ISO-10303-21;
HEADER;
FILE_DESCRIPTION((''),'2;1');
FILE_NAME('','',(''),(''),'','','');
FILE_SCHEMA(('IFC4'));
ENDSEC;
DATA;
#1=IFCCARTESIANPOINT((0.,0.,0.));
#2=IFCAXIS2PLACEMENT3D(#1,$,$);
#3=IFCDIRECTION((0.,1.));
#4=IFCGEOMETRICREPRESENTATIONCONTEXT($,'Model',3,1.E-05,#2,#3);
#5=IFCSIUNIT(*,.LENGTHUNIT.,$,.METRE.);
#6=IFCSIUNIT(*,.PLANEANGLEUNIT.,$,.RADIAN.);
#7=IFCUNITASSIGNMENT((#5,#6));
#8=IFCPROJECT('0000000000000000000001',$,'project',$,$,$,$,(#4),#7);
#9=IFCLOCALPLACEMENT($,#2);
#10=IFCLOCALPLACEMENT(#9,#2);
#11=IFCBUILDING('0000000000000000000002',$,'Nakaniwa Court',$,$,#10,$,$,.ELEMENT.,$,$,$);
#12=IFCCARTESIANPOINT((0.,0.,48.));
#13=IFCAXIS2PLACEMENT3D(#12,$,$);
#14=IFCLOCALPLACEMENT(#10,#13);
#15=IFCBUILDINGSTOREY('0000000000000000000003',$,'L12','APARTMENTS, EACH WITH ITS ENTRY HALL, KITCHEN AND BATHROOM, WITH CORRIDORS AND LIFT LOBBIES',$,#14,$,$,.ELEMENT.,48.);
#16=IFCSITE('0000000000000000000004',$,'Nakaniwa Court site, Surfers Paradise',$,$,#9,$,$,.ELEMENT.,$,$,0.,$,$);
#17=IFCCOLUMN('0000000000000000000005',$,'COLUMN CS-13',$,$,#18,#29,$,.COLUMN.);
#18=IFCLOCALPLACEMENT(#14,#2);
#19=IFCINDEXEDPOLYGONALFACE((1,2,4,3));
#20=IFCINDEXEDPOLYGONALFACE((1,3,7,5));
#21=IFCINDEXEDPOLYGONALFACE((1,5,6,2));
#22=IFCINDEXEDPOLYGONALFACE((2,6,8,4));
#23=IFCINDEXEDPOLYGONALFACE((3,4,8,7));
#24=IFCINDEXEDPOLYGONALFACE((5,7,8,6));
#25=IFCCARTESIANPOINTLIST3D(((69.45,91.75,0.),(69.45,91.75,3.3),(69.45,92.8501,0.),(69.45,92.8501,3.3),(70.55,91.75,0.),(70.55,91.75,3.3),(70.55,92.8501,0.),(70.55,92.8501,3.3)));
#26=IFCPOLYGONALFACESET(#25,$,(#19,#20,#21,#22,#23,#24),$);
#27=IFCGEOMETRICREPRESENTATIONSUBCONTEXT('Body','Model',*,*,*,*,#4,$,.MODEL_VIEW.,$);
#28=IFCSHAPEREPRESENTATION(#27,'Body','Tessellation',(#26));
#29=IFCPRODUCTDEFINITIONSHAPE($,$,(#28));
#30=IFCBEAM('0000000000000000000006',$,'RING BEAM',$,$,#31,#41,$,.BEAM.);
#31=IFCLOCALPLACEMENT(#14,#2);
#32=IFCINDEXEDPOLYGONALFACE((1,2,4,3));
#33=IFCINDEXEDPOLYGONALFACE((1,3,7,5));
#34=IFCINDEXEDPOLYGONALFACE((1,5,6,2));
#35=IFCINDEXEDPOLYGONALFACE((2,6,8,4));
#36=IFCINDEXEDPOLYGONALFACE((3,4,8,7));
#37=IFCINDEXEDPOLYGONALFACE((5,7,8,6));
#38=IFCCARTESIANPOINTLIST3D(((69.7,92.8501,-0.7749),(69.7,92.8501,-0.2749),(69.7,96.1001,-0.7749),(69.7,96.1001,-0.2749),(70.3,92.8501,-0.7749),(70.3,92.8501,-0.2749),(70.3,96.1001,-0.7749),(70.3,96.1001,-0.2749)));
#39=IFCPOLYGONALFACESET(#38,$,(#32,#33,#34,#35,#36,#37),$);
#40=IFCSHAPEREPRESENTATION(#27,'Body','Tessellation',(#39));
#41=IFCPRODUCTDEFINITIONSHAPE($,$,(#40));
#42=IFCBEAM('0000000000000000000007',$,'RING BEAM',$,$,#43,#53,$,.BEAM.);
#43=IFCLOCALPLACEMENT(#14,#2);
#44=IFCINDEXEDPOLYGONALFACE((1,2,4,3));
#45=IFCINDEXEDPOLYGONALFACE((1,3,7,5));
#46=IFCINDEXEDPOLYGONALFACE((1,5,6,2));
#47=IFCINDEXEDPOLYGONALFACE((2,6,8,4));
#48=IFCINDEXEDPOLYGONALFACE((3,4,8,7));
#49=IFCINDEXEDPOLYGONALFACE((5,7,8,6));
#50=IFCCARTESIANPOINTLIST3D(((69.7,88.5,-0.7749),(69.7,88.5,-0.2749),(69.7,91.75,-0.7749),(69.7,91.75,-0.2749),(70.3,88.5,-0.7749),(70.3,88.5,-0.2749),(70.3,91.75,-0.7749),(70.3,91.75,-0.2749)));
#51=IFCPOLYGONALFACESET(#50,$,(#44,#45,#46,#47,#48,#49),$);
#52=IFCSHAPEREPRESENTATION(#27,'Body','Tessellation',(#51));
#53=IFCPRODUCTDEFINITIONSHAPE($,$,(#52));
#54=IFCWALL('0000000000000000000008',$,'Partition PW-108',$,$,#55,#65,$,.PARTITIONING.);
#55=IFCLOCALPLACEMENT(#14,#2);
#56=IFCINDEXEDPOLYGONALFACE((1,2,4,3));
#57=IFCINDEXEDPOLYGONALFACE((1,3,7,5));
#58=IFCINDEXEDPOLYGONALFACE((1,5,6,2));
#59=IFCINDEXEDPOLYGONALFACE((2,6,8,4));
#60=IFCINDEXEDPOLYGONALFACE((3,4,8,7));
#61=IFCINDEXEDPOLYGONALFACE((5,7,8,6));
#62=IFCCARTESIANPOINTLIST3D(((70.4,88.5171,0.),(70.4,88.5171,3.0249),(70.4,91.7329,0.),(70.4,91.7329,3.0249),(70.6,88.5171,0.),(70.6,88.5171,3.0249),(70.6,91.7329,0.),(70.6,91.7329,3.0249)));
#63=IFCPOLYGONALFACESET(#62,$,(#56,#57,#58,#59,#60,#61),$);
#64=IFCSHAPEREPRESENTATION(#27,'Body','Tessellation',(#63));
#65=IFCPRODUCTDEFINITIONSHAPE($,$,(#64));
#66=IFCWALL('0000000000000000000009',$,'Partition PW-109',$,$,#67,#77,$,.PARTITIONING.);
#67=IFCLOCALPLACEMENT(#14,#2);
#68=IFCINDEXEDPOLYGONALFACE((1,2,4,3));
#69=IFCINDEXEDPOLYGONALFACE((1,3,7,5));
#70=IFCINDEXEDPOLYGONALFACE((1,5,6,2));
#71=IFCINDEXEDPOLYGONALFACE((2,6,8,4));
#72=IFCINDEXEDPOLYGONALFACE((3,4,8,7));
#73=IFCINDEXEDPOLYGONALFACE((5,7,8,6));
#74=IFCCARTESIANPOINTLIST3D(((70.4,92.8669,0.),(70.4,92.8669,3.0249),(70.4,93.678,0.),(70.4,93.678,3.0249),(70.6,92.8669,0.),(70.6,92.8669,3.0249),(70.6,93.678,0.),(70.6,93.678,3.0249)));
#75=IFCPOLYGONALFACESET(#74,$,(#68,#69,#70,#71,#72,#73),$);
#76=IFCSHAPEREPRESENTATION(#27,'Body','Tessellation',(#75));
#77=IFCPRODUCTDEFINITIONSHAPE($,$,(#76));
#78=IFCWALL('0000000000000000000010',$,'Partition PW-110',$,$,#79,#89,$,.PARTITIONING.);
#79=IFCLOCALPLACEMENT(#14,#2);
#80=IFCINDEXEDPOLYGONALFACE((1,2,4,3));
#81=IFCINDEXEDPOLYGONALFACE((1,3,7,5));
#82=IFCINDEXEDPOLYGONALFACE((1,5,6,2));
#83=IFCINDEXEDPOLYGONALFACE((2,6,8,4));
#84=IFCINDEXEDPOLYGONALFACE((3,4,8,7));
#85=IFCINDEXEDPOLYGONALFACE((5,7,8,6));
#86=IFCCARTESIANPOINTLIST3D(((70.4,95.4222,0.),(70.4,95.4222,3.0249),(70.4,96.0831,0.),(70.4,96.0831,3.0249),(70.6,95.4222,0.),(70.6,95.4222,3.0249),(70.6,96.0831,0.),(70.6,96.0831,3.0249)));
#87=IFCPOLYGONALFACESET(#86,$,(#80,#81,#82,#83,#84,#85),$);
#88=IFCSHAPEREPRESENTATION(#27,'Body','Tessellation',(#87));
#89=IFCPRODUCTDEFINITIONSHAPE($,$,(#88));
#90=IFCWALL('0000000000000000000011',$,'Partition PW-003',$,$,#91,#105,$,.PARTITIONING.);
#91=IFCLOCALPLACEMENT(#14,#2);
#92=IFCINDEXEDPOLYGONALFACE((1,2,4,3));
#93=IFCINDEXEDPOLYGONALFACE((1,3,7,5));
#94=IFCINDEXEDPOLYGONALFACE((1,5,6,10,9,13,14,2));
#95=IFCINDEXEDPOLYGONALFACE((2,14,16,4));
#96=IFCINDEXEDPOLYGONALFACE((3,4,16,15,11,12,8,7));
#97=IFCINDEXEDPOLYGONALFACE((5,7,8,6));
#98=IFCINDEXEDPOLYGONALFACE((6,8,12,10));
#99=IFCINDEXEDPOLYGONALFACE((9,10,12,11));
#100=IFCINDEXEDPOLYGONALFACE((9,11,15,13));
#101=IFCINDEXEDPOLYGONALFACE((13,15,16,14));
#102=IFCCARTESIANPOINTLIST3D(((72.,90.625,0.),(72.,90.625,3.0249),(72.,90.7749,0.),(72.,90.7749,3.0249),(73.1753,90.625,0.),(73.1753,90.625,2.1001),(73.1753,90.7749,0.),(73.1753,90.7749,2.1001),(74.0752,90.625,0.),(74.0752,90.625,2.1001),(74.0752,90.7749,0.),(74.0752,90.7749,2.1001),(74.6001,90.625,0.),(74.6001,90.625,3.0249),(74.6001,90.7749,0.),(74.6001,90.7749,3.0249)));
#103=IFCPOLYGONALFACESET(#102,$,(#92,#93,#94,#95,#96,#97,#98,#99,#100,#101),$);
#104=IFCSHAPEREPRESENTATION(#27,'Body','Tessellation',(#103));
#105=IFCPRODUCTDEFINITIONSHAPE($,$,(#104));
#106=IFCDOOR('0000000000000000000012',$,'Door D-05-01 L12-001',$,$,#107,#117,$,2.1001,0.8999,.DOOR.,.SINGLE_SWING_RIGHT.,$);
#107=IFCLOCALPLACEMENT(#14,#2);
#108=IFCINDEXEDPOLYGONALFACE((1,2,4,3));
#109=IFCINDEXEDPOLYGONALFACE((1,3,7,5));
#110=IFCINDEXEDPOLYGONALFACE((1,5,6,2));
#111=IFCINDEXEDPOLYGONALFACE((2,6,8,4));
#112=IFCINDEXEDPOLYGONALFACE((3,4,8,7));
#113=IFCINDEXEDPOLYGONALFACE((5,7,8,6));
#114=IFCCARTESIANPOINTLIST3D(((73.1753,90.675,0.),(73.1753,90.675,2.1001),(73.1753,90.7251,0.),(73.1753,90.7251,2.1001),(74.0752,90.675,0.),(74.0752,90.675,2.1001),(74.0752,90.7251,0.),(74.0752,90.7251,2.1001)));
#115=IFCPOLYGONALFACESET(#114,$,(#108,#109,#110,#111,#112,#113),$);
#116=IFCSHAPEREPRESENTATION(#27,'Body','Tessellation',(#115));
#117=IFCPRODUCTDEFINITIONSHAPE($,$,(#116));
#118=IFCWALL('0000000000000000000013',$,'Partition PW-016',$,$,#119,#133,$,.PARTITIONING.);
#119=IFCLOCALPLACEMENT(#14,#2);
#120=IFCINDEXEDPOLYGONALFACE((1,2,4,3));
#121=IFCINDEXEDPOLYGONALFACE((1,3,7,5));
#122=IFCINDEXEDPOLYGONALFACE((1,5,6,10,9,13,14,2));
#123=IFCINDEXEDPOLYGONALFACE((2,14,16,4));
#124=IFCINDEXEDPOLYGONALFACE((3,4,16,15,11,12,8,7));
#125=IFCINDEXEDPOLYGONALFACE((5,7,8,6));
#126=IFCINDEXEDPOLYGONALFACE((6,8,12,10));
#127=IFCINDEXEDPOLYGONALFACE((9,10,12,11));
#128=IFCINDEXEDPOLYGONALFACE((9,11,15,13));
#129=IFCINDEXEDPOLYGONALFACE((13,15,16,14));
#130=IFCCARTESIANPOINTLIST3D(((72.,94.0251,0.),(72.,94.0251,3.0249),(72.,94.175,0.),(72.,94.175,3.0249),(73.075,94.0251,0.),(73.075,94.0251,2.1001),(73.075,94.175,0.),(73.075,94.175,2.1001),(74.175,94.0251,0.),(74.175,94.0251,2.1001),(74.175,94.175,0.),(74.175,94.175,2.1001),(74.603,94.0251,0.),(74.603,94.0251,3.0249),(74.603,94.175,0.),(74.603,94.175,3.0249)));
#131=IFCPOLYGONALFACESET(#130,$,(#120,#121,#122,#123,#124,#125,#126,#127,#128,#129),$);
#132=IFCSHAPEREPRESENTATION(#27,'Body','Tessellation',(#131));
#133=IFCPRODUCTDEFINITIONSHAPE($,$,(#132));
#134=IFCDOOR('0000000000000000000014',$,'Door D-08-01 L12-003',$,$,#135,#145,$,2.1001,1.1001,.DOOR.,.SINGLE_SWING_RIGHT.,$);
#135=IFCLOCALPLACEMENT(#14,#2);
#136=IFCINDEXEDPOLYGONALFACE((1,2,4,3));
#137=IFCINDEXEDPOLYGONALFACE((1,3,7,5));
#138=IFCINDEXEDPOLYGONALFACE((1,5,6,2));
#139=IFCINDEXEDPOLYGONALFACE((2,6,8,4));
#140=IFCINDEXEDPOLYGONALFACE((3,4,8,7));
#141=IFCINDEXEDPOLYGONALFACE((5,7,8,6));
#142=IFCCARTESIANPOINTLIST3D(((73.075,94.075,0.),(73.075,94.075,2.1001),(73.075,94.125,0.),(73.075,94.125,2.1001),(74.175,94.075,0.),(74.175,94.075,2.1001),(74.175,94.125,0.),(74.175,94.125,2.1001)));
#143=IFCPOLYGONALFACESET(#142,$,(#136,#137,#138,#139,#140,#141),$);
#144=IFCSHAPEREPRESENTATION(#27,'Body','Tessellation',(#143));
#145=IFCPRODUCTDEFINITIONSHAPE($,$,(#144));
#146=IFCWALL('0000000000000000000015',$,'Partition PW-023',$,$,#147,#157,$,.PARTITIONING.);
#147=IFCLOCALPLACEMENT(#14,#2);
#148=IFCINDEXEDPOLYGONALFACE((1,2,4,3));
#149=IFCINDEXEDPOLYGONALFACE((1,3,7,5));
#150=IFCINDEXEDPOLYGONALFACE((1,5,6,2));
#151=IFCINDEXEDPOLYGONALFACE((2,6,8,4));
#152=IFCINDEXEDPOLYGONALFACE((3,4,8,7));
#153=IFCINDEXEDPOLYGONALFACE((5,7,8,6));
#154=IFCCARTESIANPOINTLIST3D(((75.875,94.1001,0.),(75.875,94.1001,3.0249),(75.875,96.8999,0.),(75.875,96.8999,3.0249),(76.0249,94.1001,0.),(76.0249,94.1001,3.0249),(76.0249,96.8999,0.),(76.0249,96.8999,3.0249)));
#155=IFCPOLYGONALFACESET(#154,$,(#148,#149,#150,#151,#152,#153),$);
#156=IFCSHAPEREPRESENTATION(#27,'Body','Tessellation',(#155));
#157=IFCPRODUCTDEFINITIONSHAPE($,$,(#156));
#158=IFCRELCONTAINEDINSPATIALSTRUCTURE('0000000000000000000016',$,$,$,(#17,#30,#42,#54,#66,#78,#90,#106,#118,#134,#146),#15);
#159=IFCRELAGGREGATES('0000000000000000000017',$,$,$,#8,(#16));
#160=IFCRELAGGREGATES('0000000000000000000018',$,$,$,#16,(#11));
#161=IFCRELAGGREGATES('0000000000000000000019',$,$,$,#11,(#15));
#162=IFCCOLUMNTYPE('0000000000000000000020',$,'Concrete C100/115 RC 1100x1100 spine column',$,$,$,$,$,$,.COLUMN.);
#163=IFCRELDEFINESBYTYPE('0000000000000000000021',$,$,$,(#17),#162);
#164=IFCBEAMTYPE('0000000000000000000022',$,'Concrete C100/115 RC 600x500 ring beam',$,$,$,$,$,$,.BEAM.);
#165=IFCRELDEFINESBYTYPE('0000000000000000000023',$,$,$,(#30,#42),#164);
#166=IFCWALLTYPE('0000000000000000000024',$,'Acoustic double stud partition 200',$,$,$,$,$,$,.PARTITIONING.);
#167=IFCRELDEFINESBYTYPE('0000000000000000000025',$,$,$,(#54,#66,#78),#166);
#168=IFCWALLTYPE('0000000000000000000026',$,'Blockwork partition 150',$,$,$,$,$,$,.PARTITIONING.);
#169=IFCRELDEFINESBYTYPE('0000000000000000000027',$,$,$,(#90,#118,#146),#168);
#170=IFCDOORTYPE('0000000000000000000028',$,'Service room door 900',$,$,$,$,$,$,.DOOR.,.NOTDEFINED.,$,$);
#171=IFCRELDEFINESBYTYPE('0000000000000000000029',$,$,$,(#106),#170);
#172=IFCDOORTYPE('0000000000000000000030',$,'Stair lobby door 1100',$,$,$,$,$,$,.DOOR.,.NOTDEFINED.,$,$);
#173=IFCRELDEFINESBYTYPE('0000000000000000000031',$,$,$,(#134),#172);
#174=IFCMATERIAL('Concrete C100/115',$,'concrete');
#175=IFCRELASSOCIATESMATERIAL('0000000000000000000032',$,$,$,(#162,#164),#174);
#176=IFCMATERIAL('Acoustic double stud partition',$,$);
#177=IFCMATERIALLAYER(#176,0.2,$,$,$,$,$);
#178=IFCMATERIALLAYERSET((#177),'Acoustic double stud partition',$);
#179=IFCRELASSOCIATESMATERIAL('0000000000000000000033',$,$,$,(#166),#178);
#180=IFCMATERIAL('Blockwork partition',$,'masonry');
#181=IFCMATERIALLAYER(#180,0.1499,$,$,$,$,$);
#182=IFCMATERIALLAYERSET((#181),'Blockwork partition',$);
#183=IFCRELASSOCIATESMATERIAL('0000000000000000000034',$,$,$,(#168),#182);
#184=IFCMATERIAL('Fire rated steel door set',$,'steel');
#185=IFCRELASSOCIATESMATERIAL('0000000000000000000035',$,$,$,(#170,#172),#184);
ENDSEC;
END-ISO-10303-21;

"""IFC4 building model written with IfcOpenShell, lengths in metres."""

from ifc_helpers import new_model, si_unit, direction, frame, frame_2d, origin, origin_2d, place, context, subcontext, project, spatial, rectangle, extrude, material, layer, layer_set, material_profile, profile_set, type_object, element, fill, save


model = new_model("IFC4")

# Units and contexts
model_context = context("Model", 3, precision=1e-05, world=origin(), true_north=direction((0.0, 1.0)))
body_context = subcontext(model_context, "Body", "Model", "MODEL_VIEW")
ifc_project = project(units=[si_unit("LENGTHUNIT", "METRE"), si_unit("PLANEANGLEUNIT", "RADIAN")], contexts=[model_context])

# Site, building, storey
site_placement = place(None, origin())
site = spatial("IfcSite", under=ifc_project, at=site_placement, Name="Nakaniwa Court site, Surfers Paradise", CompositionType="ELEMENT", RefElevation=0.0)
building_placement = place(site_placement, origin())
building = spatial("IfcBuilding", under=site, at=building_placement, Name="Nakaniwa Court", CompositionType="ELEMENT")
storey_placement = place(building_placement, frame((0.0, 0.0, 48.0)))
storey = spatial("IfcBuildingStorey", under=building, at=storey_placement, Name="L12", Description="APARTMENTS, EACH WITH ITS ENTRY HALL, KITCHEN AND BATHROOM, WITH CORRIDORS AND LIFT LOBBIES", CompositionType="ELEMENT", Elevation=48.0)

# Column
ifc_material_1 = material(Name="Concrete C100/115", Category="concrete")
ifc_material_profile_1 = material_profile(ifc_material_1, rectangle(XDim=1.1001, YDim=1.1001, at=origin_2d()), Name="Concrete C100/115 RC 1100x1100 spine column")
ifc_profile_set_1 = profile_set([ifc_material_profile_1], Name="Concrete C100/115")
column_type = type_object("IfcColumnType", Name="Concrete C100/115 RC 1100x1100 spine column", PredefinedType="COLUMN", material=ifc_profile_set_1)
column_placement = place(storey_placement, frame((70.0, 92.3, 0.0), z_axis=(0.0, 0.0, 1.0), x_axis=(0.0, -1.0, 0.0)))
element("IfcColumn", 1, at=column_placement, inside=storey, type_object=column_type, Name="COLUMN CS-13", PredefinedType="COLUMN", context=body_context, shape_type="SweptSolid", body=[
    extrude(rectangle(XDim=1.1001, YDim=1.1001, at=origin_2d()), origin(), (0.0, 0.0, 1.0), 3.3),
])

# Beams
ifc_material_profile_2 = material_profile(ifc_material_1, rectangle(XDim=0.6001, YDim=0.5, at=origin_2d()), Name="Concrete C100/115 RC 600x500 ring beam")
ifc_profile_set_2 = profile_set([ifc_material_profile_2], Name="Concrete C100/115")
beam_type = type_object("IfcBeamType", Name="Concrete C100/115 RC 600x500 ring beam", PredefinedType="BEAM", material=ifc_profile_set_2)
for number, where, z_axis, x_axis, name in (
    (2, (70.0, 96.1001, -0.5249), (0.0, -1.0, 0.0), (1.0, 0.0, 0.0), "RING BEAM"),
    (3, (70.0, 91.75, -0.5249), (0.0, -1.0, 0.0), (1.0, 0.0, 0.0), "RING BEAM"),
):
    element("IfcBeam", number, at=place(storey_placement, frame(where, z_axis=z_axis, x_axis=x_axis)), inside=storey, type_object=beam_type, Name=name, PredefinedType="BEAM", context=body_context, shape_type="SweptSolid", body=[
        extrude(rectangle(XDim=0.6001, YDim=0.5, at=origin_2d()), origin(), (0.0, 0.0, 1.0), 3.25),
    ])

# Walls
ifc_material_2 = material(Name="Acoustic double stud partition")
ifc_layer_1 = layer(ifc_material_2, 0.2)
ifc_layer_set_1 = layer_set([ifc_layer_1], Name="Acoustic double stud partition")
wall_type_1 = type_object("IfcWallType", Name="Acoustic double stud partition 200", PredefinedType="PARTITIONING", material=ifc_layer_set_1)
wall_1_placement = place(storey_placement, frame((70.5, 88.5171, 0.0), z_axis=(0.0, 0.0, 1.0), x_axis=(0.0, 1.0, 0.0)))
element("IfcWall", 4, at=wall_1_placement, inside=storey, type_object=wall_type_1, Name="Partition PW-108", PredefinedType="PARTITIONING", context=body_context, shape_type="SweptSolid", body=[
    extrude(rectangle(XDim=3.2158, YDim=0.2, at=frame_2d((1.6079, 0.0))), origin(), (0.0, 0.0, 1.0), 3.0249),
])
wall_2_placement = place(storey_placement, frame((70.5, 92.8669, 0.0), z_axis=(0.0, 0.0, 1.0), x_axis=(0.0, 1.0, 0.0)))
element("IfcWall", 5, at=wall_2_placement, inside=storey, type_object=wall_type_1, Name="Partition PW-109", PredefinedType="PARTITIONING", context=body_context, shape_type="SweptSolid", body=[
    extrude(rectangle(XDim=0.811, YDim=0.2, at=frame_2d((0.4055, 0.0))), origin(), (0.0, 0.0, 1.0), 3.0249),
])
wall_3_placement = place(storey_placement, frame((70.5, 95.4221, 0.0), z_axis=(0.0, 0.0, 1.0), x_axis=(0.0, 1.0, 0.0)))
element("IfcWall", 6, at=wall_3_placement, inside=storey, type_object=wall_type_1, Name="Partition PW-110", PredefinedType="PARTITIONING", context=body_context, shape_type="SweptSolid", body=[
    extrude(rectangle(XDim=0.6609, YDim=0.2, at=frame_2d((0.3306, 0.0))), origin(), (0.0, 0.0, 1.0), 3.0249),
])

# Walls, openings, doors
ifc_material_3 = material(Name="Blockwork partition", Category="masonry")
ifc_layer_2 = layer(ifc_material_3, 0.1499)
ifc_layer_set_2 = layer_set([ifc_layer_2], Name="Blockwork partition")
wall_type_2 = type_object("IfcWallType", Name="Blockwork partition 150", PredefinedType="PARTITIONING", material=ifc_layer_set_2)
wall_4_placement = place(storey_placement, frame((74.6001, 90.7, 0.0), z_axis=(0.0, 0.0, 1.0), x_axis=(-1.0, 0.0, 0.0)))
wall_4 = element("IfcWall", 7, at=wall_4_placement, inside=storey, type_object=wall_type_2, Name="Partition PW-003", PredefinedType="PARTITIONING", context=body_context, shape_type="SweptSolid", body=[
    extrude(rectangle(XDim=2.6001, YDim=0.1499, at=frame_2d((1.3, 0.0))), origin(), (0.0, 0.0, 1.0), 3.0249),
])
opening_1_placement = place(wall_4_placement, frame((0.5249, 0.0, 0.0)))
opening_1 = element("IfcOpeningElement", 8, at=opening_1_placement, cuts=wall_4, PredefinedType="OPENING", context=body_context, shape_type="SweptSolid", body=[
    extrude(rectangle(XDim=0.8999, YDim=2.1001, at=frame_2d((0.45, 1.05))), frame((0.0, 0.085, 0.0), z_axis=(0.0, -1.0, 0.0), x_axis=(1.0, 0.0, 0.0)), (0.0, 0.0, 1.0), 0.1699),
])
ifc_material_4 = material(Name="Fire rated steel door set", Category="steel")
door_type_1 = type_object("IfcDoorType", Name="Service room door 900", OperationType="NOTDEFINED", PredefinedType="DOOR", material=ifc_material_4)
door_1_placement = place(opening_1_placement, origin())
door_1 = element("IfcDoor", 9, at=door_1_placement, inside=storey, type_object=door_type_1, Name="Door D-05-01 L12-001", OperationType="SINGLE_SWING_RIGHT", OverallHeight=2.1001, OverallWidth=0.8999, PredefinedType="DOOR", context=body_context, shape_type="SweptSolid", body=[
    extrude(rectangle(XDim=0.8999, YDim=2.1001, at=frame_2d((0.45, 1.05))), frame((0.0, 0.0249, 0.0), z_axis=(0.0, -1.0, 0.0), x_axis=(1.0, 0.0, 0.0)), (0.0, 0.0, 1.0), 0.05),
])
fill(opening_1, door_1)
wall_5_placement = place(storey_placement, frame((72.0, 94.1001, 0.0), z_axis=(0.0, 0.0, 1.0), x_axis=(1.0, 0.0, 0.0)))
wall_5 = element("IfcWall", 10, at=wall_5_placement, inside=storey, type_object=wall_type_2, Name="Partition PW-016", PredefinedType="PARTITIONING", context=body_context, shape_type="SweptSolid", body=[
    extrude(rectangle(XDim=2.603, YDim=0.1499, at=frame_2d((1.3015, 0.0))), origin(), (0.0, 0.0, 1.0), 3.0249),
])
opening_2_placement = place(wall_5_placement, frame((1.075, 0.0, 0.0)))
opening_2 = element("IfcOpeningElement", 11, at=opening_2_placement, cuts=wall_5, PredefinedType="OPENING", context=body_context, shape_type="SweptSolid", body=[
    extrude(rectangle(XDim=1.1001, YDim=2.1001, at=frame_2d((0.55, 1.05))), frame((0.0, 0.085, 0.0), z_axis=(0.0, -1.0, 0.0), x_axis=(1.0, 0.0, 0.0)), (0.0, 0.0, 1.0), 0.1699),
])
door_type_2 = type_object("IfcDoorType", Name="Stair lobby door 1100", OperationType="NOTDEFINED", PredefinedType="DOOR", material=ifc_material_4)
door_2_placement = place(opening_2_placement, origin())
door_2 = element("IfcDoor", 12, at=door_2_placement, inside=storey, type_object=door_type_2, Name="Door D-08-01 L12-003", OperationType="SINGLE_SWING_RIGHT", OverallHeight=2.1001, OverallWidth=1.1001, PredefinedType="DOOR", context=body_context, shape_type="SweptSolid", body=[
    extrude(rectangle(XDim=1.1001, YDim=2.1001, at=frame_2d((0.55, 1.05))), frame((0.0, 0.0249, 0.0), z_axis=(0.0, -1.0, 0.0), x_axis=(1.0, 0.0, 0.0)), (0.0, 0.0, 1.0), 0.05),
])
fill(opening_2, door_2)

# Wall
wall_6_placement = place(storey_placement, frame((75.95, 94.1001, 0.0), z_axis=(0.0, 0.0, 1.0), x_axis=(0.0, 1.0, 0.0)))
element("IfcWall", 13, at=wall_6_placement, inside=storey, type_object=wall_type_2, Name="Partition PW-023", PredefinedType="PARTITIONING", context=body_context, shape_type="SweptSolid", body=[
    extrude(rectangle(XDim=2.7998, YDim=0.1499, at=frame_2d((1.3999, 0.0))), origin(), (0.0, 0.0, 1.0), 3.0249),
])

save(model, "model.ifc")
